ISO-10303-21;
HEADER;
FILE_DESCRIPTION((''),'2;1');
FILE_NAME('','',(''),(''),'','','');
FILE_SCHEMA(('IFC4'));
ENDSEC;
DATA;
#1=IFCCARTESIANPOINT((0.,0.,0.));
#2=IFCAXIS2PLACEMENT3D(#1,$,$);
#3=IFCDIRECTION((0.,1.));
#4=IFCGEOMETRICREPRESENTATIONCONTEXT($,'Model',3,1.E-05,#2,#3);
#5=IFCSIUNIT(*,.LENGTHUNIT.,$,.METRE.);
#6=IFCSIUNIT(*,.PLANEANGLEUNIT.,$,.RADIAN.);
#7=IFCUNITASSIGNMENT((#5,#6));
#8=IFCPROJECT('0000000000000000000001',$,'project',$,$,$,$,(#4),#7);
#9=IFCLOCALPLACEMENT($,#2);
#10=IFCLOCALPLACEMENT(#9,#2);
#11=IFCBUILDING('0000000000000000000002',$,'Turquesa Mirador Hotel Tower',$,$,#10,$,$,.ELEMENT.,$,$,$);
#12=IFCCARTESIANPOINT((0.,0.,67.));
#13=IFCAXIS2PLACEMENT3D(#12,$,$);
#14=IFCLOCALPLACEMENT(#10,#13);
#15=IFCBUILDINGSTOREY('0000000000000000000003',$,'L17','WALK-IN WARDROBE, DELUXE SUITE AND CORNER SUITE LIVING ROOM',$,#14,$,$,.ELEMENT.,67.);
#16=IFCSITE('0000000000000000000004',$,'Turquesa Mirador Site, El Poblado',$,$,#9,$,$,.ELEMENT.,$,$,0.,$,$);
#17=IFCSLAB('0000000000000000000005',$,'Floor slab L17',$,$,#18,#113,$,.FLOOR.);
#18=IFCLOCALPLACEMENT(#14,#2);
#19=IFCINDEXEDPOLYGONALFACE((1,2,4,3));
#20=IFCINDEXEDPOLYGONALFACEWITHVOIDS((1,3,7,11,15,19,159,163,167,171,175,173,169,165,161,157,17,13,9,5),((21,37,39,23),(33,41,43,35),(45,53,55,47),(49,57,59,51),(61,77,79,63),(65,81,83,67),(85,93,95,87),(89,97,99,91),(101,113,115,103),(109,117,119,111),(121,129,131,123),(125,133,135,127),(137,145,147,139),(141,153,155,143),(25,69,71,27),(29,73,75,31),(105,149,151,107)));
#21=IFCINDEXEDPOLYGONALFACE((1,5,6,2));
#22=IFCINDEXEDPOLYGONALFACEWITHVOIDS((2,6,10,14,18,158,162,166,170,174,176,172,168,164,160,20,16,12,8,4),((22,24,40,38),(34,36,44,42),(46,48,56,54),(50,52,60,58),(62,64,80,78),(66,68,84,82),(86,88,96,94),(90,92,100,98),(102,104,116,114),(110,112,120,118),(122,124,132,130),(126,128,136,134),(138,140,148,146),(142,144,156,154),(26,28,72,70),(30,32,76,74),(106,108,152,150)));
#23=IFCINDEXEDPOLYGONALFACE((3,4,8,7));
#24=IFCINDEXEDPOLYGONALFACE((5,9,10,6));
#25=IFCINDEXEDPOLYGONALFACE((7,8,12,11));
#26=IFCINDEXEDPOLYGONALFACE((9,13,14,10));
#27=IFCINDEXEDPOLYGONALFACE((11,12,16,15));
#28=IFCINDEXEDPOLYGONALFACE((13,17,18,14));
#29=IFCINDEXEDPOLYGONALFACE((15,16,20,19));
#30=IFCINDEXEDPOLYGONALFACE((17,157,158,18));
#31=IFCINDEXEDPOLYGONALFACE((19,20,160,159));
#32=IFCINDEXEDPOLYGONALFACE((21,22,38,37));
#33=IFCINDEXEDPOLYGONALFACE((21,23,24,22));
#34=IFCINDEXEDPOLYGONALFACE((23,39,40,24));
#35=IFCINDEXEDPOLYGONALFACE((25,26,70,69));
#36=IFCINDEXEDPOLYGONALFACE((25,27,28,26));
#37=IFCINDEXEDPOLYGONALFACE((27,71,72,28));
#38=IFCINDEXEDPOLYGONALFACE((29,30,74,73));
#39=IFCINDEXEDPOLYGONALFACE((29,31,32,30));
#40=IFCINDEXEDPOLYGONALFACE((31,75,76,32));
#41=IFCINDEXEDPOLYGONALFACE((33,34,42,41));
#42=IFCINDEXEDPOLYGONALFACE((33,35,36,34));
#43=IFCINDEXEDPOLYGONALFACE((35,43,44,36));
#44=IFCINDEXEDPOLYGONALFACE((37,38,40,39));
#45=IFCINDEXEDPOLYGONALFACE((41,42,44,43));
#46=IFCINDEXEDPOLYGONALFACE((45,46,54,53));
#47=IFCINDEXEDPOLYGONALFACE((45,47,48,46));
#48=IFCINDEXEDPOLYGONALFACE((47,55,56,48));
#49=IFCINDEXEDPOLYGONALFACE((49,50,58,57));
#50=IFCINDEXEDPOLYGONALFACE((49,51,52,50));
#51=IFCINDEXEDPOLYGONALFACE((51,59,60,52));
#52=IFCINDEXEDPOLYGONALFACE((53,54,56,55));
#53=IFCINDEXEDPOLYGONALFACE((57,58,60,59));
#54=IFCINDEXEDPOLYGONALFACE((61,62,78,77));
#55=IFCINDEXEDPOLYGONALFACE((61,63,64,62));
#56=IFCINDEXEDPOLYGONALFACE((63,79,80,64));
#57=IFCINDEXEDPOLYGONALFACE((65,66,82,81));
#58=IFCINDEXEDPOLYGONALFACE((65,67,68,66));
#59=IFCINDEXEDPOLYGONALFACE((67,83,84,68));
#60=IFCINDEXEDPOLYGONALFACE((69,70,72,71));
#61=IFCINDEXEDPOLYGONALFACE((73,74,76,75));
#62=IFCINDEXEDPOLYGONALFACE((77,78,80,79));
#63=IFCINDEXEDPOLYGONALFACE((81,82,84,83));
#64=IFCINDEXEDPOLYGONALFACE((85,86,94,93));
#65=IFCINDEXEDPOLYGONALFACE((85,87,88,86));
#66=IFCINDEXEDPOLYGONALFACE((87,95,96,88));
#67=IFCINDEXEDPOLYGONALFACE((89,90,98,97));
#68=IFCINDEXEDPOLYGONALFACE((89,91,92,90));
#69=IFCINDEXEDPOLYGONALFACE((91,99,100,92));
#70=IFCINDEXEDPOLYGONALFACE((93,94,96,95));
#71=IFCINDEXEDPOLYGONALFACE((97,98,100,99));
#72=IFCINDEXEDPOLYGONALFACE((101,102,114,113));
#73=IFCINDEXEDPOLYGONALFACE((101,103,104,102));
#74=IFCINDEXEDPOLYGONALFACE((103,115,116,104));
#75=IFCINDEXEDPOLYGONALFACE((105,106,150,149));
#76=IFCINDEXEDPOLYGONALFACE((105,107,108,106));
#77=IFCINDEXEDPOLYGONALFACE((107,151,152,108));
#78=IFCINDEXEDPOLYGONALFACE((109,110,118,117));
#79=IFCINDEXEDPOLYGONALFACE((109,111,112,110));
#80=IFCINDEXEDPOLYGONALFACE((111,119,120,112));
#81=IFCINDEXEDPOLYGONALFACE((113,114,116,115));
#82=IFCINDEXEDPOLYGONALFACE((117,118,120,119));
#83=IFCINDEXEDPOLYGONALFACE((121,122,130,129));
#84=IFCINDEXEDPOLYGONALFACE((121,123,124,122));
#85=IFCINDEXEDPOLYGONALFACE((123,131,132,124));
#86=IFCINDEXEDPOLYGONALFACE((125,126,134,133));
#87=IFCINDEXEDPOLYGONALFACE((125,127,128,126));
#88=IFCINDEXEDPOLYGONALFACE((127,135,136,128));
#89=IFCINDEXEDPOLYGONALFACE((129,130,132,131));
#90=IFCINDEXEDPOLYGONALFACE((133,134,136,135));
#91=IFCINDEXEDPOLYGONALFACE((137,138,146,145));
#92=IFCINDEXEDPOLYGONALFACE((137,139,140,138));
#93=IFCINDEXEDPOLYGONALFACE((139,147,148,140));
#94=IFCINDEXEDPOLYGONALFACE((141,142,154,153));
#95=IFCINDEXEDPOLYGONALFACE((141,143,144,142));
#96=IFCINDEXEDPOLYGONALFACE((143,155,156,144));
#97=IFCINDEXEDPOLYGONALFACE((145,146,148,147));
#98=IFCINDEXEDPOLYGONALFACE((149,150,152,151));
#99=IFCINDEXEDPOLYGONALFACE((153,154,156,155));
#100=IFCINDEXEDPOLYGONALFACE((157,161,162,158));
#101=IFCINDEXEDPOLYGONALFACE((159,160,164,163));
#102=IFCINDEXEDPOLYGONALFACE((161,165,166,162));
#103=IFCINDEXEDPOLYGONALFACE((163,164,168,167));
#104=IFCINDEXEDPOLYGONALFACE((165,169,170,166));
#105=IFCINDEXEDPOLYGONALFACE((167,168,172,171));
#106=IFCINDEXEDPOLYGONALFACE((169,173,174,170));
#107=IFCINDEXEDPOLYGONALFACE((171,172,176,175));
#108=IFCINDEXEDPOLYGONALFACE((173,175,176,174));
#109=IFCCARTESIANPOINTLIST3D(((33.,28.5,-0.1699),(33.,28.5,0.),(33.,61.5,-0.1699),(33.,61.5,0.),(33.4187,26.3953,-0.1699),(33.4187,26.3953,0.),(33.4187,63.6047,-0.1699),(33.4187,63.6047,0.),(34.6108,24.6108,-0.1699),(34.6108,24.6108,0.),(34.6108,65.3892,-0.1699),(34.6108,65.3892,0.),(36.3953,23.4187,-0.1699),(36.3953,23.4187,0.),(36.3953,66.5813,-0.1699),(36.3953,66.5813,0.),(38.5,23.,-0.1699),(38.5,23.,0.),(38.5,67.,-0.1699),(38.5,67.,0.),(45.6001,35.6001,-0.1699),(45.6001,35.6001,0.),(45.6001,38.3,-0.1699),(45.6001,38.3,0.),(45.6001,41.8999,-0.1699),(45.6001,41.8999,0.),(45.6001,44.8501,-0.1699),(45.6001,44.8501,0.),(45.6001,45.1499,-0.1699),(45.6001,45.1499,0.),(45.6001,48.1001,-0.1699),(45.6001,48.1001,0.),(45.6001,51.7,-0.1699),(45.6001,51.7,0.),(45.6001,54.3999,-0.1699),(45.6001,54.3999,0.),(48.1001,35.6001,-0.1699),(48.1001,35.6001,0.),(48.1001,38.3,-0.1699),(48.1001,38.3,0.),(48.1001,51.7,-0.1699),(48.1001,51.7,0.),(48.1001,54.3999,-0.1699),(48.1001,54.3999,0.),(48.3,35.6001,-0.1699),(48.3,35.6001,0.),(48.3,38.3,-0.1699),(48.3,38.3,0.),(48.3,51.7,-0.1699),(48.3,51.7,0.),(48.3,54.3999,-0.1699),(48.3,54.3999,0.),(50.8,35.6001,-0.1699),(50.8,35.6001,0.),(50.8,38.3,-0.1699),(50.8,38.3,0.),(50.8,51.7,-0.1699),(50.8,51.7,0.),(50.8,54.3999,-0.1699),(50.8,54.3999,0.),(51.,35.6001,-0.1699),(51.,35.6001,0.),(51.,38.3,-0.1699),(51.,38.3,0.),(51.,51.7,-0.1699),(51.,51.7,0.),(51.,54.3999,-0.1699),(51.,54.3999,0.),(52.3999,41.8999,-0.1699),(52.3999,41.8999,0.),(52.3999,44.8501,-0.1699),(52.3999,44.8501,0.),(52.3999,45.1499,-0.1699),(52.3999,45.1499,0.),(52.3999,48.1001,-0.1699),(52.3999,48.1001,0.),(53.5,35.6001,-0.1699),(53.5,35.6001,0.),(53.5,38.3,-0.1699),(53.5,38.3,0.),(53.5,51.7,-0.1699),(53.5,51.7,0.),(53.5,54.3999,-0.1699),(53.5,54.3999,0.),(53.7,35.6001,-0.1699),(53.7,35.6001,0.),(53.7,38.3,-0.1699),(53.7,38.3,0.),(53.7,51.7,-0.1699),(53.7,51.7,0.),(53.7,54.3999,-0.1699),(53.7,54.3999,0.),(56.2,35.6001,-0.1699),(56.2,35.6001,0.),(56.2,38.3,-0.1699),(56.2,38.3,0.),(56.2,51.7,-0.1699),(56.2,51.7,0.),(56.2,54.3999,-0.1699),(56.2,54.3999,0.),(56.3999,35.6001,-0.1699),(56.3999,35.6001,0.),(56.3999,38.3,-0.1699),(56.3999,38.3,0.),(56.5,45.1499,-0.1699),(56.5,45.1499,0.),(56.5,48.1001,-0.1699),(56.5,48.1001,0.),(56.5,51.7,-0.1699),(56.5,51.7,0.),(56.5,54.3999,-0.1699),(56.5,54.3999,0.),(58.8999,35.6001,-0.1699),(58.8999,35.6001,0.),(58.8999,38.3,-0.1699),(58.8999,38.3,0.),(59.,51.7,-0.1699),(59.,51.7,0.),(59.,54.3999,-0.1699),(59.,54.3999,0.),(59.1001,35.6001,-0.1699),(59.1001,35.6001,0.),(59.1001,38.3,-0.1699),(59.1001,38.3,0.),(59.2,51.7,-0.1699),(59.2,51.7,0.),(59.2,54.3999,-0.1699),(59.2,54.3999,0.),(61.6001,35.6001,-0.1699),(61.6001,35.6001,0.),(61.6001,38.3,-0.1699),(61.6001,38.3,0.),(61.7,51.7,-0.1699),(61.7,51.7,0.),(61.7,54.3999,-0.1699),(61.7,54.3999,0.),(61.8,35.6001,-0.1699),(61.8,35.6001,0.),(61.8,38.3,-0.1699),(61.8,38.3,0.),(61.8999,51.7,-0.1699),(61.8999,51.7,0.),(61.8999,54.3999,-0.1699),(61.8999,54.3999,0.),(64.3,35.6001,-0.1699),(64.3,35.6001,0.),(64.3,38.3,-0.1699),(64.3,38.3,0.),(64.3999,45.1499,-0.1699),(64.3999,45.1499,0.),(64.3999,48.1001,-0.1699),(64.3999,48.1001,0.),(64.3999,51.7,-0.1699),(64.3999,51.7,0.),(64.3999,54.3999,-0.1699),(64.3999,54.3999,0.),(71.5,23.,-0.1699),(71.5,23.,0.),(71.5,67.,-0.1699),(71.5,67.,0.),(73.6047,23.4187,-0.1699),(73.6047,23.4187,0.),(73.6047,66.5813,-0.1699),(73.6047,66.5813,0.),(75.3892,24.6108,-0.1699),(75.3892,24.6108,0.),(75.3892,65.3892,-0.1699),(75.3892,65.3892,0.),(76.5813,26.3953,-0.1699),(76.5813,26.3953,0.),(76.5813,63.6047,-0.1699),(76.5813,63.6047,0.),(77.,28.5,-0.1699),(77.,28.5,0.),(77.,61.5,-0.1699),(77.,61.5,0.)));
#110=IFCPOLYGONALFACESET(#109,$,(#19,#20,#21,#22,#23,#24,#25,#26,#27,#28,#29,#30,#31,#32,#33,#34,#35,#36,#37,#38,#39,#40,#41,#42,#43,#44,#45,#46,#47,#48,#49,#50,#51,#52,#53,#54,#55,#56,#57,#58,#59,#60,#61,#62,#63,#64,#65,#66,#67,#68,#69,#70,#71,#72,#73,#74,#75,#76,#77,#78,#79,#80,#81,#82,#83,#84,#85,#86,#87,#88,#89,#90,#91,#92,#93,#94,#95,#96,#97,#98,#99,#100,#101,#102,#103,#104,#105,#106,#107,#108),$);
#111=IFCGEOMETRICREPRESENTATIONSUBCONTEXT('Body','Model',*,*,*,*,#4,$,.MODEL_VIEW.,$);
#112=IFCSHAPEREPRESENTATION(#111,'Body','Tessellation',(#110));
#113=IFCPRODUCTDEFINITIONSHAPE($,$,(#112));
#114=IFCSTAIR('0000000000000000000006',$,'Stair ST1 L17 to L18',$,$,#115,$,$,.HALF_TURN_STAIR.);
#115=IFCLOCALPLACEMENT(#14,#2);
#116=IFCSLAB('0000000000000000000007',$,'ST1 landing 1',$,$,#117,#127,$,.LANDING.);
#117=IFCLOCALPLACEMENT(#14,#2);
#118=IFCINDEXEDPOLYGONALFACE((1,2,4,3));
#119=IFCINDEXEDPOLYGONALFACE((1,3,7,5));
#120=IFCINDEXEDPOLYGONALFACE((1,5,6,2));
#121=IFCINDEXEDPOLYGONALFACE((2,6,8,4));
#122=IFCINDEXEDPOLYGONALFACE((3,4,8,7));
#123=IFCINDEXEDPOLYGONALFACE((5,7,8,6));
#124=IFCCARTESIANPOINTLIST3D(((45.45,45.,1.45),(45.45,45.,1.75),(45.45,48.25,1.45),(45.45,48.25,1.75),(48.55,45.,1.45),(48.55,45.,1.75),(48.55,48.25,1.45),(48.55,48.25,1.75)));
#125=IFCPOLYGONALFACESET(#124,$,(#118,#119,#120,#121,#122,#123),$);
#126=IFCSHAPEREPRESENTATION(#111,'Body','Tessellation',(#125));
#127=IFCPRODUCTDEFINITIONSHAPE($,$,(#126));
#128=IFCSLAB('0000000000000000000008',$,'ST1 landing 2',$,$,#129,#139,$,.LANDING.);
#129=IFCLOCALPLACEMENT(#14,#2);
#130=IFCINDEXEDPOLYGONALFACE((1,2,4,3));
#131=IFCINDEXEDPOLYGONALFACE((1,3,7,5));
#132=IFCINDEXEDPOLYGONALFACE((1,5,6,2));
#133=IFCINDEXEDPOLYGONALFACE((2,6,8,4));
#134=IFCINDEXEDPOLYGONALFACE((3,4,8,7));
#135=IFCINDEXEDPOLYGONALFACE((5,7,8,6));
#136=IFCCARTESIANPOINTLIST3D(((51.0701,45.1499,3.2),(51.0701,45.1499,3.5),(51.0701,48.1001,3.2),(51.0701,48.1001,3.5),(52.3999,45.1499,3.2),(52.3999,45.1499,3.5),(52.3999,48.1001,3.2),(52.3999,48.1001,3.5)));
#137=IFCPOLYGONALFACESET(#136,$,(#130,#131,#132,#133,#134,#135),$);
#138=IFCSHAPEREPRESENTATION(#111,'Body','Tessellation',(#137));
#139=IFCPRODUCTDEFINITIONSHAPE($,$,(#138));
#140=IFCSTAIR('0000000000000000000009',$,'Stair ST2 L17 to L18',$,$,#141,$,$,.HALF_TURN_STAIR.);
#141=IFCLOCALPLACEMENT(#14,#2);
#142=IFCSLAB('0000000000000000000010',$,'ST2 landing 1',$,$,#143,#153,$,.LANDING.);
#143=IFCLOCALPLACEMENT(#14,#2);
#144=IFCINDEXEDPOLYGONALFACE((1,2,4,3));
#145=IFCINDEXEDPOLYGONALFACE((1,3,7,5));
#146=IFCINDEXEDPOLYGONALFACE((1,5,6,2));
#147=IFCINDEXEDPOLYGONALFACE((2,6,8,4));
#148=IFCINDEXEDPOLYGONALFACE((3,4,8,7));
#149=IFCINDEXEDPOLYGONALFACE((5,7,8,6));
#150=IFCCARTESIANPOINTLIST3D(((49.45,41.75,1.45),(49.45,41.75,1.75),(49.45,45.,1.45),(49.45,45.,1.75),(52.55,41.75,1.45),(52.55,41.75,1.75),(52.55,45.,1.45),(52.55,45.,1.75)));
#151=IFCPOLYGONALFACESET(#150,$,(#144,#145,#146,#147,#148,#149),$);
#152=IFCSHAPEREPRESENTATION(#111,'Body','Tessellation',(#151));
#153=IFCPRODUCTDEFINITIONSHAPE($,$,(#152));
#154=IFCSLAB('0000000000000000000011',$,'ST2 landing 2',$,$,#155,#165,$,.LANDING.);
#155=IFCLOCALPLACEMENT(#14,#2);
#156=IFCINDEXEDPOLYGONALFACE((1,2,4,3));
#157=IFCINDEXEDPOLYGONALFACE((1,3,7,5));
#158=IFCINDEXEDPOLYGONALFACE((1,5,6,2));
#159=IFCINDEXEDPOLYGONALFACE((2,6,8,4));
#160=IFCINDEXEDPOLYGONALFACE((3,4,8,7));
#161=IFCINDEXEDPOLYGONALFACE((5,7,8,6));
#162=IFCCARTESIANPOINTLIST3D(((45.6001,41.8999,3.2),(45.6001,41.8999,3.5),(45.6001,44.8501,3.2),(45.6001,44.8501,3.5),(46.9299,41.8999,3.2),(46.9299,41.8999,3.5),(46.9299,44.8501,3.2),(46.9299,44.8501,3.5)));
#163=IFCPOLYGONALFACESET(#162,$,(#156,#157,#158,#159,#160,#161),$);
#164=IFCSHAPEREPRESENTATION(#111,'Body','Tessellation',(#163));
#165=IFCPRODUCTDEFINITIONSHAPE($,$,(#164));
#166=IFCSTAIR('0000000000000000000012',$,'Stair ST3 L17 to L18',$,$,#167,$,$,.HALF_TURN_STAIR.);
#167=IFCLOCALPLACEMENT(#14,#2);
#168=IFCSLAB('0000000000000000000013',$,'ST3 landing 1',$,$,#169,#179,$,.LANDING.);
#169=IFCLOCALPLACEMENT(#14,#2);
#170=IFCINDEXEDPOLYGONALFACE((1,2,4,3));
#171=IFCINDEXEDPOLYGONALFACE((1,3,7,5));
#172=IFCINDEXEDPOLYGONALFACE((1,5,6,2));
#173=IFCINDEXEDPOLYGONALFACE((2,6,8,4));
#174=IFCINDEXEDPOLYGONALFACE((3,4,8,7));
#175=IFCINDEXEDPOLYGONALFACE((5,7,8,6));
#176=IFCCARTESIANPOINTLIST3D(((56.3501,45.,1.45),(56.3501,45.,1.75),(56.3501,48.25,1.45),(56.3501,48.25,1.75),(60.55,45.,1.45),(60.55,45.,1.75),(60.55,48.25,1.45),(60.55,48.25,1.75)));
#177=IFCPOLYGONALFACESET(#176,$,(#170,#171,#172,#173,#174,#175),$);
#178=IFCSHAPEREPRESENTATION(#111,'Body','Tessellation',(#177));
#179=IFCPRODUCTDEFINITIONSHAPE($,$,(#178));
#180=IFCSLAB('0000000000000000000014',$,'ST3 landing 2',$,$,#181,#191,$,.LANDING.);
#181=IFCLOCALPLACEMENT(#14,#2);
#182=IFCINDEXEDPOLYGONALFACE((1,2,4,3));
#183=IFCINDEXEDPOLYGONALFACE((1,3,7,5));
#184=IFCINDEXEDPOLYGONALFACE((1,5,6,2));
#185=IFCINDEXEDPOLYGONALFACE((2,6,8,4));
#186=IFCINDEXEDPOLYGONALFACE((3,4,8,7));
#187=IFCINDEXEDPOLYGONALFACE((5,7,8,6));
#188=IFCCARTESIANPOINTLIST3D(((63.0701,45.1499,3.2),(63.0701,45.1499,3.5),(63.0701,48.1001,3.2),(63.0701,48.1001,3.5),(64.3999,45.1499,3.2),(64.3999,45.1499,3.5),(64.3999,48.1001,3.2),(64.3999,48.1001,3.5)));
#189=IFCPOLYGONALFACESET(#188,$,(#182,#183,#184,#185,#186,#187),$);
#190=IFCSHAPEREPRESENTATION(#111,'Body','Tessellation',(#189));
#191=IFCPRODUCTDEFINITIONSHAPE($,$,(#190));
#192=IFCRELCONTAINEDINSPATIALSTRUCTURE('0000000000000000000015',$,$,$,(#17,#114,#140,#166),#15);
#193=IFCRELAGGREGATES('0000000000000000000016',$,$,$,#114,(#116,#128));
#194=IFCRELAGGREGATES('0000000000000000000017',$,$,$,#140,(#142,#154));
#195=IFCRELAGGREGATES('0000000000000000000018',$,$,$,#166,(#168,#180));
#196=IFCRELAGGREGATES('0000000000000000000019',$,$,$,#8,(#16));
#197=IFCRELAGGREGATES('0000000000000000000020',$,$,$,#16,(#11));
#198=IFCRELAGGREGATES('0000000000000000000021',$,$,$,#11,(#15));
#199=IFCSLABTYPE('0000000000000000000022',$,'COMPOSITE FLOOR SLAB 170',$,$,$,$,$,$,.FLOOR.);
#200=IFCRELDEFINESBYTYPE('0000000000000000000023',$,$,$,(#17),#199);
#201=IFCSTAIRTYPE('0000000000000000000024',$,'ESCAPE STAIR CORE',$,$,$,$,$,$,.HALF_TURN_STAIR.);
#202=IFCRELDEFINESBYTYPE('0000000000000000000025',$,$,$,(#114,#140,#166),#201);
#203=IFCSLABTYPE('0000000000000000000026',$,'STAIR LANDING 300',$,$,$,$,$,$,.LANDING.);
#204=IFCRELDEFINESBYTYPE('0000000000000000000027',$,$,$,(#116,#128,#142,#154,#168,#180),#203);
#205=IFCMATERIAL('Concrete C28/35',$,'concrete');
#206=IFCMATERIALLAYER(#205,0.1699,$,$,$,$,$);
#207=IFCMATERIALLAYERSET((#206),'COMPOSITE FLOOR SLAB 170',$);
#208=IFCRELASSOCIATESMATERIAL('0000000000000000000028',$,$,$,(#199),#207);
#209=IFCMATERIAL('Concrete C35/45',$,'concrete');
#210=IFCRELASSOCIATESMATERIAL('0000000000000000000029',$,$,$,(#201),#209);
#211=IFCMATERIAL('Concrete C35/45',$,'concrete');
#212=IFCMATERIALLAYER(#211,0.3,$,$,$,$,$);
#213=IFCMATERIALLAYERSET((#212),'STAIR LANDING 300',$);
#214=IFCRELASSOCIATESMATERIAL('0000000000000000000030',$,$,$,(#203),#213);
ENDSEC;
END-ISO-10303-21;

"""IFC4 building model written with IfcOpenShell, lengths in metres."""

from ifc_helpers import new_model, si_unit, direction, frame, origin, place, context, subcontext, project, spatial, polyline, outline, extrude, material, layer, layer_set, type_object, element, aggregate, save


model = new_model("IFC4")

# Units and contexts
model_context = context("Model", 3, precision=1e-05, world=origin(), true_north=direction((0.0, 1.0)))
body_context = subcontext(model_context, "Body", "Model", "MODEL_VIEW")
ifc_project = project(units=[si_unit("LENGTHUNIT", "METRE"), si_unit("PLANEANGLEUNIT", "RADIAN")], contexts=[model_context])

# Site, building, storey
site_placement = place(None, origin())
site = spatial("IfcSite", under=ifc_project, at=site_placement, Name="Turquesa Mirador Site, El Poblado", CompositionType="ELEMENT", RefElevation=0.0)
building_placement = place(site_placement, origin())
building = spatial("IfcBuilding", under=site, at=building_placement, Name="Turquesa Mirador Hotel Tower", CompositionType="ELEMENT")
storey_placement = place(building_placement, frame((0.0, 0.0, 67.0)))
storey = spatial("IfcBuildingStorey", under=building, at=storey_placement, Name="L17", Description="WALK-IN WARDROBE, DELUXE SUITE AND CORNER SUITE LIVING ROOM", CompositionType="ELEMENT", Elevation=67.0)

# Slab
ifc_material_1 = material(Name="Concrete C28/35", Category="concrete")
ifc_layer_1 = layer(ifc_material_1, 0.1699)
ifc_layer_set_1 = layer_set([ifc_layer_1], Name="COMPOSITE FLOOR SLAB 170")
slab_type_1 = type_object("IfcSlabType", Name="COMPOSITE FLOOR SLAB 170", PredefinedType="FLOOR", material=ifc_layer_set_1)
slab_1_placement = place(storey_placement, frame((0.0, 0.0, -0.1699)))
element("IfcSlab", 1, at=slab_1_placement, inside=storey, type_object=slab_type_1, Name="Floor slab L17", PredefinedType="FLOOR", context=body_context, shape_type="SweptSolid", body=[
    extrude(outline(polyline([(71.5, 23.0), (73.6047, 23.4187), (75.3892, 24.6108), (76.5813, 26.3953), (77.0, 28.5), (77.0, 61.5), (76.5813, 63.6047), (75.3892, 65.3892), (73.6047, 66.5813), (71.5, 67.0), (38.5, 67.0), (36.3953, 66.5813), (34.6108, 65.3892), (33.4187, 63.6047), (33.0, 61.5), (33.0, 28.5), (33.4187, 26.3953), (34.6108, 24.6108), (36.3953, 23.4187), (38.5, 23.0), (71.5, 23.0)]), holes=[polyline([(45.6001, 51.7), (48.1001, 51.7), (48.1001, 54.3999), (45.6001, 54.3999), (45.6001, 51.7)]), polyline([(48.3, 51.7), (50.8, 51.7), (50.8, 54.3999), (48.3, 54.3999), (48.3, 51.7)]), polyline([(51.0, 51.7), (53.5, 51.7), (53.5, 54.3999), (51.0, 54.3999), (51.0, 51.7)]), polyline([(53.7, 51.7), (56.2, 51.7), (56.2, 54.3999), (53.7, 54.3999), (53.7, 51.7)]), polyline([(56.5, 51.7), (59.0, 51.7), (59.0, 54.3999), (56.5, 54.3999), (56.5, 51.7)]), polyline([(59.2, 51.7), (61.7, 51.7), (61.7, 54.3999), (59.2, 54.3999), (59.2, 51.7)]), polyline([(45.6001, 35.6001), (48.1001, 35.6001), (48.1001, 38.3), (45.6001, 38.3), (45.6001, 35.6001)]), polyline([(48.3, 35.6001), (50.8, 35.6001), (50.8, 38.3), (48.3, 38.3), (48.3, 35.6001)]), polyline([(51.0, 35.6001), (53.5, 35.6001), (53.5, 38.3), (51.0, 38.3), (51.0, 35.6001)]), polyline([(53.7, 35.6001), (56.2, 35.6001), (56.2, 38.3), (53.7, 38.3), (53.7, 35.6001)]), polyline([(56.3999, 35.6001), (58.8999, 35.6001), (58.8999, 38.3), (56.3999, 38.3), (56.3999, 35.6001)]), polyline([(59.1001, 35.6001), (61.6001, 35.6001), (61.6001, 38.3), (59.1001, 38.3), (59.1001, 35.6001)]), polyline([(61.8, 35.6001), (64.3, 35.6001), (64.3, 38.3), (61.8, 38.3), (61.8, 35.6001)]), polyline([(45.6001, 45.1499), (52.3999, 45.1499), (52.3999, 48.1001), (45.6001, 48.1001), (45.6001, 45.1499)]), polyline([(45.6001, 41.8999), (52.3999, 41.8999), (52.3999, 44.8501), (45.6001, 44.8501), (45.6001, 41.8999)]), polyline([(56.5, 45.1499), (64.3999, 45.1499), (64.3999, 48.1001), (56.5, 48.1001), (56.5, 45.1499)]), polyline([(61.8999, 51.7), (64.3999, 51.7), (64.3999, 54.3999), (61.8999, 54.3999), (61.8999, 51.7)])]), origin(), (0.0, 0.0, 1.0), 0.1699),
])

# Stairs, slabs
ifc_material_2 = material(Name="Concrete C35/45", Category="concrete")
stair_type = type_object("IfcStairType", Name="ESCAPE STAIR CORE", PredefinedType="HALF_TURN_STAIR", material=ifc_material_2)
stair_1_placement = place(storey_placement, origin())
stair_1 = element("IfcStair", 2, at=stair_1_placement, inside=storey, type_object=stair_type, Name="Stair ST1 L17 to L18", PredefinedType="HALF_TURN_STAIR")
ifc_material_3 = material(Name="Concrete C35/45", Category="concrete")
ifc_layer_2 = layer(ifc_material_3, 0.3)
ifc_layer_set_2 = layer_set([ifc_layer_2], Name="STAIR LANDING 300")
slab_type_2 = type_object("IfcSlabType", Name="STAIR LANDING 300", PredefinedType="LANDING", material=ifc_layer_set_2)
slab_2_placement = place(storey_placement, frame((0.0, 0.0, 1.45)))
slab_2 = element("IfcSlab", 3, at=slab_2_placement, type_object=slab_type_2, Name="ST1 landing 1", PredefinedType="LANDING", context=body_context, shape_type="SweptSolid", body=[
    extrude(outline(polyline([(45.45, 45.0), (48.55, 45.0), (48.55, 48.25), (45.45, 48.25), (45.45, 45.0)])), origin(), (0.0, 0.0, 1.0), 0.3),
])
slab_3_placement = place(storey_placement, frame((0.0, 0.0, 3.2)))
slab_3 = element("IfcSlab", 4, at=slab_3_placement, type_object=slab_type_2, Name="ST1 landing 2", PredefinedType="LANDING", context=body_context, shape_type="SweptSolid", body=[
    extrude(outline(polyline([(51.0701, 45.1499), (52.3999, 45.1499), (52.3999, 48.1001), (51.0701, 48.1001), (51.0701, 45.1499)])), origin(), (0.0, 0.0, 1.0), 0.3),
])
aggregate(stair_1, [slab_2, slab_3])
stair_2_placement = place(storey_placement, origin())
stair_2 = element("IfcStair", 5, at=stair_2_placement, inside=storey, type_object=stair_type, Name="Stair ST2 L17 to L18", PredefinedType="HALF_TURN_STAIR")
slab_4_placement = place(storey_placement, frame((0.0, 0.0, 1.45)))
slab_4 = element("IfcSlab", 6, at=slab_4_placement, type_object=slab_type_2, Name="ST2 landing 1", PredefinedType="LANDING", context=body_context, shape_type="SweptSolid", body=[
    extrude(outline(polyline([(52.55, 45.0), (49.45, 45.0), (49.45, 41.75), (52.55, 41.75), (52.55, 45.0)])), origin(), (0.0, 0.0, 1.0), 0.3),
])
slab_5_placement = place(storey_placement, frame((0.0, 0.0, 3.2)))
slab_5 = element("IfcSlab", 7, at=slab_5_placement, type_object=slab_type_2, Name="ST2 landing 2", PredefinedType="LANDING", context=body_context, shape_type="SweptSolid", body=[
    extrude(outline(polyline([(46.9299, 44.8501), (45.6001, 44.8501), (45.6001, 41.8999), (46.9299, 41.8999), (46.9299, 44.8501)])), origin(), (0.0, 0.0, 1.0), 0.3),
])
aggregate(stair_2, [slab_4, slab_5])
stair_3_placement = place(storey_placement, origin())
stair_3 = element("IfcStair", 8, at=stair_3_placement, inside=storey, type_object=stair_type, Name="Stair ST3 L17 to L18", PredefinedType="HALF_TURN_STAIR")
slab_6_placement = place(storey_placement, frame((0.0, 0.0, 1.45)))
slab_6 = element("IfcSlab", 9, at=slab_6_placement, type_object=slab_type_2, Name="ST3 landing 1", PredefinedType="LANDING", context=body_context, shape_type="SweptSolid", body=[
    extrude(outline(polyline([(56.3501, 45.0), (60.55, 45.0), (60.55, 48.25), (56.3501, 48.25), (56.3501, 45.0)])), origin(), (0.0, 0.0, 1.0), 0.3),
])
slab_7_placement = place(storey_placement, frame((0.0, 0.0, 3.2)))
slab_7 = element("IfcSlab", 10, at=slab_7_placement, type_object=slab_type_2, Name="ST3 landing 2", PredefinedType="LANDING", context=body_context, shape_type="SweptSolid", body=[
    extrude(outline(polyline([(63.0701, 45.1499), (64.3999, 45.1499), (64.3999, 48.1001), (63.0701, 48.1001), (63.0701, 45.1499)])), origin(), (0.0, 0.0, 1.0), 0.3),
])
aggregate(stair_3, [slab_6, slab_7])

save(model, "model.ifc")
